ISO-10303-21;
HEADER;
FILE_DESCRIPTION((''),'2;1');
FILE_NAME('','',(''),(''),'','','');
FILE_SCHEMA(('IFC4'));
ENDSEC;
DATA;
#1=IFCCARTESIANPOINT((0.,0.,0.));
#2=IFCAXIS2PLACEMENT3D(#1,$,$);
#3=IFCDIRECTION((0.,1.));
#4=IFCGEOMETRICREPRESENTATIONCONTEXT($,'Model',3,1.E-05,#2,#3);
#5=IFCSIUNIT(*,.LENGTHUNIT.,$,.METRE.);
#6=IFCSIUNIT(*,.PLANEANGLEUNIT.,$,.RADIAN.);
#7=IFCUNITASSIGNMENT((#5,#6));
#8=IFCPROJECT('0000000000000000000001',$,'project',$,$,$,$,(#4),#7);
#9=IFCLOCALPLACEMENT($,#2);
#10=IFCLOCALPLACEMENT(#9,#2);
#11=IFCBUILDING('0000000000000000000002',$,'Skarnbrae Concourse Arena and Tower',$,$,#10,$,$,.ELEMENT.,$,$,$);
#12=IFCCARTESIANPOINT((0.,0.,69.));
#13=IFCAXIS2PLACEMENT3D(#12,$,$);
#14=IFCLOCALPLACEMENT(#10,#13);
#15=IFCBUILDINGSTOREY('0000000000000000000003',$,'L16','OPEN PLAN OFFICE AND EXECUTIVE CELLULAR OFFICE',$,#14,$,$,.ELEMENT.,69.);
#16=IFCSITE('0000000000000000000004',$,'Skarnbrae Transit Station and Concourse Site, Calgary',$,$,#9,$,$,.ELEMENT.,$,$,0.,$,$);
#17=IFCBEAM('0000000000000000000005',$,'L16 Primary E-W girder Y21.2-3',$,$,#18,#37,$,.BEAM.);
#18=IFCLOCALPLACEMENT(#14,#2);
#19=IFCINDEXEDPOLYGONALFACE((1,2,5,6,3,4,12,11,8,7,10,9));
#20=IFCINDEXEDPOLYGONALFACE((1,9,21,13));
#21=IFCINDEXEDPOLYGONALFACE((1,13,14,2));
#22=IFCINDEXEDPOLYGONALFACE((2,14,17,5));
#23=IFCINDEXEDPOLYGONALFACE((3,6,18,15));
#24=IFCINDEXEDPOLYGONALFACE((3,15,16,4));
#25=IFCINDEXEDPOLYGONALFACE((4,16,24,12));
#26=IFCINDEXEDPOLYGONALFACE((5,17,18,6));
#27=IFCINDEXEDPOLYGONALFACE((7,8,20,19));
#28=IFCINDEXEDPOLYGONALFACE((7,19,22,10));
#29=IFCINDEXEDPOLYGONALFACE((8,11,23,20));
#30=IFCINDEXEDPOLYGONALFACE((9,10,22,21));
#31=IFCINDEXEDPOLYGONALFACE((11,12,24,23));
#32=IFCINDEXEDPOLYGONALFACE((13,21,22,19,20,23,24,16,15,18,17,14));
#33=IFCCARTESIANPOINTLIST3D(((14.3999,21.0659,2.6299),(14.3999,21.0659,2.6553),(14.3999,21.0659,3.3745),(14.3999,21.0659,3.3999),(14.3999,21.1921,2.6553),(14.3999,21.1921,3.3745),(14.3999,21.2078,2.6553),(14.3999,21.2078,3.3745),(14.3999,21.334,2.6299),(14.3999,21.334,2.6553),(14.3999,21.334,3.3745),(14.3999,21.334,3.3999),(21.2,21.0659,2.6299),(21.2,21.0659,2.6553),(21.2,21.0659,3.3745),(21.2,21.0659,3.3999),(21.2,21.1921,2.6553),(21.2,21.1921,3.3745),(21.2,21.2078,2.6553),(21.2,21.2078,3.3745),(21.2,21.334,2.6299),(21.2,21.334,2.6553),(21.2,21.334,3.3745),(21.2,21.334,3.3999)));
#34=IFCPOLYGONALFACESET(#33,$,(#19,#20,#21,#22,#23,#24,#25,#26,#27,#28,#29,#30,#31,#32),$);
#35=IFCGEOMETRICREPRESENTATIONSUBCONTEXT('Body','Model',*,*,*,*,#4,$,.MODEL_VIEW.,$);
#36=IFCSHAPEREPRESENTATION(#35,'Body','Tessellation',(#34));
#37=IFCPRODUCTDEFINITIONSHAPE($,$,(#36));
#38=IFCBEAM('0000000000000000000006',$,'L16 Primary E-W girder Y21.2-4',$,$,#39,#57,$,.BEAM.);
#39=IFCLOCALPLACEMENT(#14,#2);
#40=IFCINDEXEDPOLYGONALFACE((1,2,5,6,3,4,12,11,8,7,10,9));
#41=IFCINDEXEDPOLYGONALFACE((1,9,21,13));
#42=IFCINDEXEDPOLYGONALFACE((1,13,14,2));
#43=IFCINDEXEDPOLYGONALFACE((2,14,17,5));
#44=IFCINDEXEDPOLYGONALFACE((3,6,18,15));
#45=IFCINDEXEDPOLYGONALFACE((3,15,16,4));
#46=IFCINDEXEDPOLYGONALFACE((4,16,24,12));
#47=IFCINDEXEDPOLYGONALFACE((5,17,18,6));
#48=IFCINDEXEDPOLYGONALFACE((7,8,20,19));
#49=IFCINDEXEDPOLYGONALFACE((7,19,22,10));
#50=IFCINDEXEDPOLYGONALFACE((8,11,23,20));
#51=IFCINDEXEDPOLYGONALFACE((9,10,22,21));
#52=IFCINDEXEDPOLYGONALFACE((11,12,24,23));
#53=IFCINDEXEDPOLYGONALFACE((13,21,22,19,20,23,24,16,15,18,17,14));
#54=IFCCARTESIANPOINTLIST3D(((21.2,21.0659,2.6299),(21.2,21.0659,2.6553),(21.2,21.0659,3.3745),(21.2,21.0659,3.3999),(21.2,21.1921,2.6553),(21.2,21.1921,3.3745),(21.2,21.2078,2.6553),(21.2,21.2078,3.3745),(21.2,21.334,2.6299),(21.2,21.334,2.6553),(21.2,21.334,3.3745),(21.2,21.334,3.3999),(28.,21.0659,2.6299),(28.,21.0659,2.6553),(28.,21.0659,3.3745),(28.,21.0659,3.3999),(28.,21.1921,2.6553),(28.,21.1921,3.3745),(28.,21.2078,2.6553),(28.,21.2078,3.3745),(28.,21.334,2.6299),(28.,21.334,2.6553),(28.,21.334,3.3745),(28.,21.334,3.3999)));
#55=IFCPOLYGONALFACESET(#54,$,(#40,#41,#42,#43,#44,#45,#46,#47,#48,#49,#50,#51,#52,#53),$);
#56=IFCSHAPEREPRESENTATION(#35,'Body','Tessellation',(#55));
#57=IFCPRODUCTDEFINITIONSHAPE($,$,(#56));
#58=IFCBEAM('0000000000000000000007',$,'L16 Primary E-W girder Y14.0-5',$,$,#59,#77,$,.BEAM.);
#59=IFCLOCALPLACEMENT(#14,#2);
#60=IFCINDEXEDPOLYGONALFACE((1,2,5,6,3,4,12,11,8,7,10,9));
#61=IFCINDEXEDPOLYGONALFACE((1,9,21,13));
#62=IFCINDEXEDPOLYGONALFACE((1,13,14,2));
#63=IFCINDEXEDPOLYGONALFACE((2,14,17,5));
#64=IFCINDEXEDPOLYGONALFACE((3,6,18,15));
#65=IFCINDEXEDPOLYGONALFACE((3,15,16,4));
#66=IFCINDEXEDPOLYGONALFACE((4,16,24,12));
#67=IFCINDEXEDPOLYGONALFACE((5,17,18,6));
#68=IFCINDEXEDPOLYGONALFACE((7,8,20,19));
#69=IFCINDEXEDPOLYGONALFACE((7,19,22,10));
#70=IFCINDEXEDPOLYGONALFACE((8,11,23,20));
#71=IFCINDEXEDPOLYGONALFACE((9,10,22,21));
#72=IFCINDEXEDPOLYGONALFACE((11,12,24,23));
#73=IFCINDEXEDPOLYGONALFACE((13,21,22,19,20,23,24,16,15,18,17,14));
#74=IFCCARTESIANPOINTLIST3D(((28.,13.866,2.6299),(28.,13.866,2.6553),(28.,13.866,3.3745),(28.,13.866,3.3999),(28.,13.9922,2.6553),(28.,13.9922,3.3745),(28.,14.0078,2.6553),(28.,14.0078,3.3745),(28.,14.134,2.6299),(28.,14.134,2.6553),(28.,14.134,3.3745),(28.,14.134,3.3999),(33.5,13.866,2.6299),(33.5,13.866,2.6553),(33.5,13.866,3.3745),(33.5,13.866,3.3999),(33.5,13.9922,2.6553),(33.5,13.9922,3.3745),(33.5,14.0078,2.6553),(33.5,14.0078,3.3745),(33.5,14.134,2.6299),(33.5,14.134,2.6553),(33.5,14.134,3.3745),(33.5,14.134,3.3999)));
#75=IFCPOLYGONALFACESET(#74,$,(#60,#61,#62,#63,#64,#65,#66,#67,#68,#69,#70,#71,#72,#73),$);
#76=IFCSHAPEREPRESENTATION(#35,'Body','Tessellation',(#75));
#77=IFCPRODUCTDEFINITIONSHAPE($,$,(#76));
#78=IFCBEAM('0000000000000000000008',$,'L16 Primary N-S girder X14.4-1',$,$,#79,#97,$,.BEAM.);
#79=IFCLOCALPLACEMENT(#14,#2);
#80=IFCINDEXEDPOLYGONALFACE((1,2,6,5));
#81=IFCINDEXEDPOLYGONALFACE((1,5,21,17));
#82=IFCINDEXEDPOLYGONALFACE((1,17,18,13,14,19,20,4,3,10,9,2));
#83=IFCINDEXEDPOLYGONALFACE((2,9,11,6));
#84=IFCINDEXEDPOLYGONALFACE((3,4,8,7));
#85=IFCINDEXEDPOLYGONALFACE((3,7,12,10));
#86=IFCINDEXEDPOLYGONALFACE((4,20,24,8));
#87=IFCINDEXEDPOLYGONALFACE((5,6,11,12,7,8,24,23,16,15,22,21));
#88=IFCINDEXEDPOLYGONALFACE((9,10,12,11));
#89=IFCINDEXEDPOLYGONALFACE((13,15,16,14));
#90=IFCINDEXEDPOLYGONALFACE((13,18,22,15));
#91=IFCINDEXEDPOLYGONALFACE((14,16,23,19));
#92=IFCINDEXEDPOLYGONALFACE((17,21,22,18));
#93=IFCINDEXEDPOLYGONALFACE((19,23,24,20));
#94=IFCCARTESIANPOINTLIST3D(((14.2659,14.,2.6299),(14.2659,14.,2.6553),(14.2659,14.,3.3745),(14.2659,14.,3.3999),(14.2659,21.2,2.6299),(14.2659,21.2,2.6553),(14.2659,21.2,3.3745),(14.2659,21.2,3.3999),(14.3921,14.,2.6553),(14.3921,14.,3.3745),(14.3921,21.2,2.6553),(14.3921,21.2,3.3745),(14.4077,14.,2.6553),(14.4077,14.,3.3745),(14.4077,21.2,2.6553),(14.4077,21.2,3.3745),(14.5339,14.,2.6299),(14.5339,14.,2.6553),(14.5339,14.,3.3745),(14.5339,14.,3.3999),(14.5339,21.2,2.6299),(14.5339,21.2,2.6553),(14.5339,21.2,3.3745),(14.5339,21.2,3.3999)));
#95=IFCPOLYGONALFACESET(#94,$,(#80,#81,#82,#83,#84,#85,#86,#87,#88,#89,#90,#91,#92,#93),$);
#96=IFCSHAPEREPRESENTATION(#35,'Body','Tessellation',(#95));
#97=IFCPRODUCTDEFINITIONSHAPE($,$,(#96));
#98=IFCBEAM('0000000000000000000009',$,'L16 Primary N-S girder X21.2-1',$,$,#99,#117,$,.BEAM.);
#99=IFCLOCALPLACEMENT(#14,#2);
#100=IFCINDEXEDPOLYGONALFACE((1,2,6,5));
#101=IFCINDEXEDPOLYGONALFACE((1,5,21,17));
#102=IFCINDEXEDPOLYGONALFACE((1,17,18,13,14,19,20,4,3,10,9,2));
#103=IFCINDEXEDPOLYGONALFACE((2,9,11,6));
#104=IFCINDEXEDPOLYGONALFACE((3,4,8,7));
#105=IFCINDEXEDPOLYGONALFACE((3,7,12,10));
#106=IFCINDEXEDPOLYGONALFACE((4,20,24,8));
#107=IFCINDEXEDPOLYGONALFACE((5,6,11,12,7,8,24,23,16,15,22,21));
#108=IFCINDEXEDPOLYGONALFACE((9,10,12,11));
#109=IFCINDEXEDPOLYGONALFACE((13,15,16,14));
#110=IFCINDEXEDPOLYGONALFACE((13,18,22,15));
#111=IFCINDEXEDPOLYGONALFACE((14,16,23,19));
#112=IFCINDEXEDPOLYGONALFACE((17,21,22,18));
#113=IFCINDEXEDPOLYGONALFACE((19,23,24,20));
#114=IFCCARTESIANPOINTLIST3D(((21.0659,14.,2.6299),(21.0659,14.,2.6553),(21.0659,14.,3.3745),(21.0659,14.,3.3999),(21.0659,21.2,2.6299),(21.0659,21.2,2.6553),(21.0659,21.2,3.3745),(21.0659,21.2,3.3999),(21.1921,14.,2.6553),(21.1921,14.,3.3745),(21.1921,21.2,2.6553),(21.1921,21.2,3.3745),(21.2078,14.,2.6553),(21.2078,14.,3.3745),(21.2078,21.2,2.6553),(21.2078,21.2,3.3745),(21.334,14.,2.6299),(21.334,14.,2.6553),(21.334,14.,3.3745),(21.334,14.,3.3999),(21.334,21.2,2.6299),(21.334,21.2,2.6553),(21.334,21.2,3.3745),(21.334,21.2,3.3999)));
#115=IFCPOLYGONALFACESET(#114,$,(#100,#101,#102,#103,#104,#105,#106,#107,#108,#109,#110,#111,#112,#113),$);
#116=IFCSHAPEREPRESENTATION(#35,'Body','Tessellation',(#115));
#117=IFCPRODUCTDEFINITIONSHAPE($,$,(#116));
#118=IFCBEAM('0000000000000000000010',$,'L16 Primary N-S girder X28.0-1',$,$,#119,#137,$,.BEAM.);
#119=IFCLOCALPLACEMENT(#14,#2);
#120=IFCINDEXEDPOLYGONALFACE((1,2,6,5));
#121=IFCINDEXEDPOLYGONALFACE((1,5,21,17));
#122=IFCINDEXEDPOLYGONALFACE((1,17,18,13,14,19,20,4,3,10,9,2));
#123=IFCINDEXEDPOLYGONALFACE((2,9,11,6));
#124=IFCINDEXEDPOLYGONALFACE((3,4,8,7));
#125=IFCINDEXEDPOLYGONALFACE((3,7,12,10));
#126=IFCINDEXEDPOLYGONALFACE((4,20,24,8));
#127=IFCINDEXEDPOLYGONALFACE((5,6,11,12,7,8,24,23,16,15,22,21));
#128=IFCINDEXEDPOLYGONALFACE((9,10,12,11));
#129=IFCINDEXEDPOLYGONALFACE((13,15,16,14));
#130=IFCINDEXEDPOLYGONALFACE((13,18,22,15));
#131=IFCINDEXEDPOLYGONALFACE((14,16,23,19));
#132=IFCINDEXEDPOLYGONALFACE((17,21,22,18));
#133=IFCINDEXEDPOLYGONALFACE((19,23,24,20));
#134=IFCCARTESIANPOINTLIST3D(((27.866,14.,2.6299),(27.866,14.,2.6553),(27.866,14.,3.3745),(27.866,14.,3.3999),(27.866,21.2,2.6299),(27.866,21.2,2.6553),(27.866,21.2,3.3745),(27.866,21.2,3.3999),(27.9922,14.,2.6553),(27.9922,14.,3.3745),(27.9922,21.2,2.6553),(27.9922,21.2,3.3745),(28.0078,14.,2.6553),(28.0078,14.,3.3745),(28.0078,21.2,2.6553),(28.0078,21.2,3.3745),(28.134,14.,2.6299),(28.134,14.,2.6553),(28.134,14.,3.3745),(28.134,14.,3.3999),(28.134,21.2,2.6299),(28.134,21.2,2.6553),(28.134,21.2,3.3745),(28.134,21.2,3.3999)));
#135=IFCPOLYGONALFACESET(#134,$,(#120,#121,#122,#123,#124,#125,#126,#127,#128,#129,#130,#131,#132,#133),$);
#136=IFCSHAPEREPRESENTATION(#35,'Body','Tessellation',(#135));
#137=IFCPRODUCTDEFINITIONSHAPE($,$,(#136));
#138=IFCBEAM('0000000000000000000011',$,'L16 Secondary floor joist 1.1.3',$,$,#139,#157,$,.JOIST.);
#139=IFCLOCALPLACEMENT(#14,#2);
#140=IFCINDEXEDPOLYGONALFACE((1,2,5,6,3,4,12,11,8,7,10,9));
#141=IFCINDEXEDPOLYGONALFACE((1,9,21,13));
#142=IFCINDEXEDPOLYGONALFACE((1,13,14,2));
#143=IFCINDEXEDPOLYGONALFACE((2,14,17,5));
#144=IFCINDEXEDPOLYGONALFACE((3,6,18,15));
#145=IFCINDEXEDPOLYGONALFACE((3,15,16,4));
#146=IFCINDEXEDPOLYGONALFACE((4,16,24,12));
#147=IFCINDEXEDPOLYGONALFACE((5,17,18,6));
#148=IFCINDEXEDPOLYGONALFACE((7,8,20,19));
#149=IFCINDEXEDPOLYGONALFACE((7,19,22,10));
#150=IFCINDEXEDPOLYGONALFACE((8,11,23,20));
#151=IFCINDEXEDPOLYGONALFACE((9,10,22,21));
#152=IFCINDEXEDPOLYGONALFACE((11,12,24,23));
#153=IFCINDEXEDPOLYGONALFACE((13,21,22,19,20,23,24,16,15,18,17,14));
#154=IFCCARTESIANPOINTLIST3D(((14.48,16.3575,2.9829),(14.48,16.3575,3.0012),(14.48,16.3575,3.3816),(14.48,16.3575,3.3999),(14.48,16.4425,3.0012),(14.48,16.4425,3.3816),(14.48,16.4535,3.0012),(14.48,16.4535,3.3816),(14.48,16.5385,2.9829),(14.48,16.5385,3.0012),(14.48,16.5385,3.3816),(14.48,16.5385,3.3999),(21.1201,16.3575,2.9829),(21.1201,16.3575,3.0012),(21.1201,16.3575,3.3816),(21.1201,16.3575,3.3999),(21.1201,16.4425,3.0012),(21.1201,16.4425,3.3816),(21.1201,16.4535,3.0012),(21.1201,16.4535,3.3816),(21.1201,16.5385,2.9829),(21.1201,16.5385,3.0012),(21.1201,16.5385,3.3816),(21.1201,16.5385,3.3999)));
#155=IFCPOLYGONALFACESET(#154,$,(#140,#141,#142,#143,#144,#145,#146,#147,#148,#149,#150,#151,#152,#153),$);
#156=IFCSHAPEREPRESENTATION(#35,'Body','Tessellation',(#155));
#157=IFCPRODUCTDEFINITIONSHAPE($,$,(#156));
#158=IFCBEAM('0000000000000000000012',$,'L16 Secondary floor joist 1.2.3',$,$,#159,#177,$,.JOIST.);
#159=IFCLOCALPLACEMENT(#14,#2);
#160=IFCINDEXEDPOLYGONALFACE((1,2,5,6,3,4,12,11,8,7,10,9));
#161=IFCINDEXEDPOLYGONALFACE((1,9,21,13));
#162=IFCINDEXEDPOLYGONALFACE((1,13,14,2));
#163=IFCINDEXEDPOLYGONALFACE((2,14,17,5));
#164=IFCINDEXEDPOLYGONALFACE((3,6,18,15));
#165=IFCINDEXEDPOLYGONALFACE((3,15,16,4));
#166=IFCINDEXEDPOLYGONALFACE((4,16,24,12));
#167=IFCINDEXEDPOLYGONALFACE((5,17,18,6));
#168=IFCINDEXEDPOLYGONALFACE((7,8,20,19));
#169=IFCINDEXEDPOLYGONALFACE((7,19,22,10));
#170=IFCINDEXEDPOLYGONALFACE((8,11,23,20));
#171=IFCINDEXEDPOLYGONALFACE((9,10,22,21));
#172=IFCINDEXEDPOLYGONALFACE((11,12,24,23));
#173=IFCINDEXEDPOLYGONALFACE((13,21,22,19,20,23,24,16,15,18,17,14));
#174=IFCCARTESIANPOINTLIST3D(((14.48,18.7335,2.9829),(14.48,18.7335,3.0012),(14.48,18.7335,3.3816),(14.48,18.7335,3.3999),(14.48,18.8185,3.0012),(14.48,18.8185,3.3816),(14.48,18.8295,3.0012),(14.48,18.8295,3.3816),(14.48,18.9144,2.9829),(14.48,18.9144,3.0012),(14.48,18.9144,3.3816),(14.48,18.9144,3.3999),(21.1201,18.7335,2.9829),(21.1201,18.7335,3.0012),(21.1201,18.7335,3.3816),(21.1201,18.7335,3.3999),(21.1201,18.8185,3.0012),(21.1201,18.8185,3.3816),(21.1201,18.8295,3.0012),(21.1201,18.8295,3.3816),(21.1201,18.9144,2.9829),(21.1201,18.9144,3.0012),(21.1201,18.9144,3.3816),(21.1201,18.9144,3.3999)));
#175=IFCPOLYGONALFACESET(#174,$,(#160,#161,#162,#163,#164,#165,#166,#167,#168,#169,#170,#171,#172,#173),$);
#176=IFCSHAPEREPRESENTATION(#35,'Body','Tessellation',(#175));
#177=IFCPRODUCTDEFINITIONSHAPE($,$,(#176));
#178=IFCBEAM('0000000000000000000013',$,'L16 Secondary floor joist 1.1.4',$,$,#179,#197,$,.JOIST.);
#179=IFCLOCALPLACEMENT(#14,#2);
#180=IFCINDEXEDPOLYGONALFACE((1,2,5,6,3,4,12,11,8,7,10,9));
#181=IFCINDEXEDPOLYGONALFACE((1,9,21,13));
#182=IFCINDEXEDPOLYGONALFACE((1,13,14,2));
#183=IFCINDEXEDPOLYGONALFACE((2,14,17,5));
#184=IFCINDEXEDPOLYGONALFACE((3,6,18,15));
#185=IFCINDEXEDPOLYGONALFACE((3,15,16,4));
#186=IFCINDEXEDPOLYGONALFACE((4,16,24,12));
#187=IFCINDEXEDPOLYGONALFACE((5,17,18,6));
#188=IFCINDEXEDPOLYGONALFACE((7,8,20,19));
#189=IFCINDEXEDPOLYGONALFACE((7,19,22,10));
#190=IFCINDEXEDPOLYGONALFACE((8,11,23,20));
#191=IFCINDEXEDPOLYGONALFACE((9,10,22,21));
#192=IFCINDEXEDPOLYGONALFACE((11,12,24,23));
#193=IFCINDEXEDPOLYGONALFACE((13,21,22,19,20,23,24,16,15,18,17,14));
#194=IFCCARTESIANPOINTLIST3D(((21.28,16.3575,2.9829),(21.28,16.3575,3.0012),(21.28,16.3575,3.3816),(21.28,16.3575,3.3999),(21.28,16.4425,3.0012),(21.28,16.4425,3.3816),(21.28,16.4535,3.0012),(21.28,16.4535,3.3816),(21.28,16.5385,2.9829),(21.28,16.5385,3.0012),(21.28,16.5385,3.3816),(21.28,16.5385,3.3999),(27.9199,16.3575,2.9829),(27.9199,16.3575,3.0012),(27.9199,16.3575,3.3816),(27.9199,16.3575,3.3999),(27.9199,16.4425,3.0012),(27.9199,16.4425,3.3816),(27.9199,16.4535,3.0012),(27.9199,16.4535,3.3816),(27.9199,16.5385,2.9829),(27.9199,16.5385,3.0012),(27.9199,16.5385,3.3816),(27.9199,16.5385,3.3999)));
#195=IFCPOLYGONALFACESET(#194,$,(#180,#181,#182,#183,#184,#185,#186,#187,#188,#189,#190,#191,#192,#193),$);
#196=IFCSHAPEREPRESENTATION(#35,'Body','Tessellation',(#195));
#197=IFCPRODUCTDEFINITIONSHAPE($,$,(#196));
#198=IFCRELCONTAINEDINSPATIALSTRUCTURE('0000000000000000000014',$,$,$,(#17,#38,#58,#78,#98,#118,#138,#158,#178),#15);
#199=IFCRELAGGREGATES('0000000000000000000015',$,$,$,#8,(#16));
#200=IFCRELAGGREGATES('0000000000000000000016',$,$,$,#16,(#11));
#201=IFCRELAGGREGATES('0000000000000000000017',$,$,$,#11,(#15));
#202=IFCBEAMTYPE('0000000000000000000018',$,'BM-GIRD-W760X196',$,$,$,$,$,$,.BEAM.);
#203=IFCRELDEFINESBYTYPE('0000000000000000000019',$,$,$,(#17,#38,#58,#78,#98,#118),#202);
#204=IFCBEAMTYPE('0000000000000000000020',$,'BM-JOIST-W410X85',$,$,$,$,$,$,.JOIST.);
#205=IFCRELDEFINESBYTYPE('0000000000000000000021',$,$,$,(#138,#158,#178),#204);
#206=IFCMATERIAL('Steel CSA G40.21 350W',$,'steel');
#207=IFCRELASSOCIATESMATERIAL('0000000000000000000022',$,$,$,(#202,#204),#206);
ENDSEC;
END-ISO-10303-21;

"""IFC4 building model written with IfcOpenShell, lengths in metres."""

from ifc_helpers import new_model, si_unit, direction, frame, origin, origin_2d, place, context, subcontext, project, spatial, i_section, extrude, source, transform, mapped, material, material_profile, profile_set, type_object, element, save


model = new_model("IFC4")

# Units and contexts
model_context = context("Model", 3, precision=1e-05, world=origin(), true_north=direction((0.0, 1.0)))
body_context = subcontext(model_context, "Body", "Model", "MODEL_VIEW")
ifc_project = project(units=[si_unit("LENGTHUNIT", "METRE"), si_unit("PLANEANGLEUNIT", "RADIAN")], contexts=[model_context])

# Site, building, storey
site_placement = place(None, origin())
site = spatial("IfcSite", under=ifc_project, at=site_placement, Name="Skarnbrae Transit Station and Concourse Site, Calgary", CompositionType="ELEMENT", RefElevation=0.0)
building_placement = place(site_placement, origin())
building = spatial("IfcBuilding", under=site, at=building_placement, Name="Skarnbrae Concourse Arena and Tower", CompositionType="ELEMENT")
storey_placement = place(building_placement, frame((0.0, 0.0, 69.0)))
storey = spatial("IfcBuildingStorey", under=building, at=storey_placement, Name="L16", Description="OPEN PLAN OFFICE AND EXECUTIVE CELLULAR OFFICE", CompositionType="ELEMENT", Elevation=69.0)

# Shared definitions
ifc_material_1 = material(Name="Steel CSA G40.21 350W", Category="steel")

# Beams
ifc_material_profile_1 = material_profile(ifc_material_1, i_section(OverallWidth=0.2681, OverallDepth=0.77, WebThickness=0.0156, FlangeThickness=0.0254, at=origin_2d()), Name="W760X196")
ifc_profile_set_1 = profile_set([ifc_material_profile_1], Name="Steel CSA G40.21 350W")
beam_type_1 = type_object("IfcBeamType", Name="BM-GIRD-W760X196", PredefinedType="BEAM", material=ifc_profile_set_1)
shared_shape_1 = source(origin(), body_context, "Body", "SweptSolid", [
    extrude(i_section(OverallWidth=0.2681, OverallDepth=0.77, WebThickness=0.0156, FlangeThickness=0.0254, at=origin_2d()), origin(), (0.0, 0.0, 1.0), 6.8),
])
for number, where, z_axis, x_axis, name in (
    (1, (14.3999, 21.2, 3.0149), (1.0, 0.0, 0.0), (0.0, 1.0, 0.0), "L16 Primary E-W girder Y21.2-3"),
    (2, (21.2, 21.2, 3.0149), (1.0, 0.0, 0.0), (0.0, 1.0, 0.0), "L16 Primary E-W girder Y21.2-4"),
):
    element("IfcBeam", number, at=place(storey_placement, frame(where, z_axis=z_axis, x_axis=x_axis)), inside=storey, type_object=beam_type_1, Name=name, PredefinedType="BEAM", context=body_context, shape_type="MappedRepresentation", body=[
        mapped(shared_shape_1, transform((0.0, 0.0, 0.0))),
    ])
shared_shape_2 = source(origin(), body_context, "Body", "SweptSolid", [
    extrude(i_section(OverallWidth=0.2681, OverallDepth=0.77, WebThickness=0.0156, FlangeThickness=0.0254, at=origin_2d()), origin(), (0.0, 0.0, 1.0), 5.5),
])
beam_1_placement = place(storey_placement, frame((28.0, 14.0, 3.0149), z_axis=(1.0, 0.0, 0.0), x_axis=(0.0, 1.0, 0.0)))
element("IfcBeam", 3, at=beam_1_placement, inside=storey, type_object=beam_type_1, Name="L16 Primary E-W girder Y14.0-5", PredefinedType="BEAM", context=body_context, shape_type="MappedRepresentation", body=[
    mapped(shared_shape_2, transform((0.0, 0.0, 0.0))),
])
shared_shape_3 = source(origin(), body_context, "Body", "SweptSolid", [
    extrude(i_section(OverallWidth=0.2681, OverallDepth=0.77, WebThickness=0.0156, FlangeThickness=0.0254, at=origin_2d()), origin(), (0.0, 0.0, 1.0), 7.2),
])
for number, where, z_axis, x_axis, name in (
    (4, (14.3999, 14.0, 3.0149), (0.0, 1.0, 0.0), (-1.0, 0.0, 0.0), "L16 Primary N-S girder X14.4-1"),
    (5, (21.2, 14.0, 3.0149), (0.0, 1.0, 0.0), (-1.0, 0.0, 0.0), "L16 Primary N-S girder X21.2-1"),
    (6, (28.0, 14.0, 3.0149), (0.0, 1.0, 0.0), (-1.0, 0.0, 0.0), "L16 Primary N-S girder X28.0-1"),
):
    element("IfcBeam", number, at=place(storey_placement, frame(where, z_axis=z_axis, x_axis=x_axis)), inside=storey, type_object=beam_type_1, Name=name, PredefinedType="BEAM", context=body_context, shape_type="MappedRepresentation", body=[
        mapped(shared_shape_3, transform((0.0, 0.0, 0.0))),
    ])
ifc_material_profile_2 = material_profile(ifc_material_1, i_section(OverallWidth=0.1809, OverallDepth=0.417, WebThickness=0.011, FlangeThickness=0.0183, at=origin_2d()), Name="W410X85")
ifc_profile_set_2 = profile_set([ifc_material_profile_2], Name="Steel CSA G40.21 350W")
beam_type_2 = type_object("IfcBeamType", Name="BM-JOIST-W410X85", PredefinedType="JOIST", material=ifc_profile_set_2)
shared_shape_4 = source(origin(), body_context, "Body", "SweptSolid", [
    extrude(i_section(OverallWidth=0.1809, OverallDepth=0.417, WebThickness=0.011, FlangeThickness=0.0183, at=origin_2d()), origin(), (0.0, 0.0, 1.0), 6.6401),
])
for number, where, z_axis, x_axis, name in (
    (7, (14.48, 16.448, 3.1914), (1.0, 0.0, 0.0), (0.0, 1.0, 0.0), "L16 Secondary floor joist 1.1.3"),
    (8, (14.48, 18.824, 3.1914), (1.0, 0.0, 0.0), (0.0, 1.0, 0.0), "L16 Secondary floor joist 1.2.3"),
):
    element("IfcBeam", number, at=place(storey_placement, frame(where, z_axis=z_axis, x_axis=x_axis)), inside=storey, type_object=beam_type_2, Name=name, PredefinedType="JOIST", context=body_context, shape_type="MappedRepresentation", body=[
        mapped(shared_shape_4, transform((0.0, 0.0, 0.0))),
    ])
shared_shape_5 = source(origin(), body_context, "Body", "SweptSolid", [
    extrude(i_section(OverallWidth=0.1809, OverallDepth=0.417, WebThickness=0.011, FlangeThickness=0.0183, at=origin_2d()), origin(), (0.0, 0.0, 1.0), 6.6399),
])
for number, where, z_axis, x_axis, name in (
    (9, (21.28, 16.448, 3.1914), (1.0, 0.0, 0.0), (0.0, 1.0, 0.0), "L16 Secondary floor joist 1.1.4"),
):
    element("IfcBeam", number, at=place(storey_placement, frame(where, z_axis=z_axis, x_axis=x_axis)), inside=storey, type_object=beam_type_2, Name=name, PredefinedType="JOIST", context=body_context, shape_type="MappedRepresentation", body=[
        mapped(shared_shape_5, transform((0.0, 0.0, 0.0))),
    ])

save(model, "model.ifc")
